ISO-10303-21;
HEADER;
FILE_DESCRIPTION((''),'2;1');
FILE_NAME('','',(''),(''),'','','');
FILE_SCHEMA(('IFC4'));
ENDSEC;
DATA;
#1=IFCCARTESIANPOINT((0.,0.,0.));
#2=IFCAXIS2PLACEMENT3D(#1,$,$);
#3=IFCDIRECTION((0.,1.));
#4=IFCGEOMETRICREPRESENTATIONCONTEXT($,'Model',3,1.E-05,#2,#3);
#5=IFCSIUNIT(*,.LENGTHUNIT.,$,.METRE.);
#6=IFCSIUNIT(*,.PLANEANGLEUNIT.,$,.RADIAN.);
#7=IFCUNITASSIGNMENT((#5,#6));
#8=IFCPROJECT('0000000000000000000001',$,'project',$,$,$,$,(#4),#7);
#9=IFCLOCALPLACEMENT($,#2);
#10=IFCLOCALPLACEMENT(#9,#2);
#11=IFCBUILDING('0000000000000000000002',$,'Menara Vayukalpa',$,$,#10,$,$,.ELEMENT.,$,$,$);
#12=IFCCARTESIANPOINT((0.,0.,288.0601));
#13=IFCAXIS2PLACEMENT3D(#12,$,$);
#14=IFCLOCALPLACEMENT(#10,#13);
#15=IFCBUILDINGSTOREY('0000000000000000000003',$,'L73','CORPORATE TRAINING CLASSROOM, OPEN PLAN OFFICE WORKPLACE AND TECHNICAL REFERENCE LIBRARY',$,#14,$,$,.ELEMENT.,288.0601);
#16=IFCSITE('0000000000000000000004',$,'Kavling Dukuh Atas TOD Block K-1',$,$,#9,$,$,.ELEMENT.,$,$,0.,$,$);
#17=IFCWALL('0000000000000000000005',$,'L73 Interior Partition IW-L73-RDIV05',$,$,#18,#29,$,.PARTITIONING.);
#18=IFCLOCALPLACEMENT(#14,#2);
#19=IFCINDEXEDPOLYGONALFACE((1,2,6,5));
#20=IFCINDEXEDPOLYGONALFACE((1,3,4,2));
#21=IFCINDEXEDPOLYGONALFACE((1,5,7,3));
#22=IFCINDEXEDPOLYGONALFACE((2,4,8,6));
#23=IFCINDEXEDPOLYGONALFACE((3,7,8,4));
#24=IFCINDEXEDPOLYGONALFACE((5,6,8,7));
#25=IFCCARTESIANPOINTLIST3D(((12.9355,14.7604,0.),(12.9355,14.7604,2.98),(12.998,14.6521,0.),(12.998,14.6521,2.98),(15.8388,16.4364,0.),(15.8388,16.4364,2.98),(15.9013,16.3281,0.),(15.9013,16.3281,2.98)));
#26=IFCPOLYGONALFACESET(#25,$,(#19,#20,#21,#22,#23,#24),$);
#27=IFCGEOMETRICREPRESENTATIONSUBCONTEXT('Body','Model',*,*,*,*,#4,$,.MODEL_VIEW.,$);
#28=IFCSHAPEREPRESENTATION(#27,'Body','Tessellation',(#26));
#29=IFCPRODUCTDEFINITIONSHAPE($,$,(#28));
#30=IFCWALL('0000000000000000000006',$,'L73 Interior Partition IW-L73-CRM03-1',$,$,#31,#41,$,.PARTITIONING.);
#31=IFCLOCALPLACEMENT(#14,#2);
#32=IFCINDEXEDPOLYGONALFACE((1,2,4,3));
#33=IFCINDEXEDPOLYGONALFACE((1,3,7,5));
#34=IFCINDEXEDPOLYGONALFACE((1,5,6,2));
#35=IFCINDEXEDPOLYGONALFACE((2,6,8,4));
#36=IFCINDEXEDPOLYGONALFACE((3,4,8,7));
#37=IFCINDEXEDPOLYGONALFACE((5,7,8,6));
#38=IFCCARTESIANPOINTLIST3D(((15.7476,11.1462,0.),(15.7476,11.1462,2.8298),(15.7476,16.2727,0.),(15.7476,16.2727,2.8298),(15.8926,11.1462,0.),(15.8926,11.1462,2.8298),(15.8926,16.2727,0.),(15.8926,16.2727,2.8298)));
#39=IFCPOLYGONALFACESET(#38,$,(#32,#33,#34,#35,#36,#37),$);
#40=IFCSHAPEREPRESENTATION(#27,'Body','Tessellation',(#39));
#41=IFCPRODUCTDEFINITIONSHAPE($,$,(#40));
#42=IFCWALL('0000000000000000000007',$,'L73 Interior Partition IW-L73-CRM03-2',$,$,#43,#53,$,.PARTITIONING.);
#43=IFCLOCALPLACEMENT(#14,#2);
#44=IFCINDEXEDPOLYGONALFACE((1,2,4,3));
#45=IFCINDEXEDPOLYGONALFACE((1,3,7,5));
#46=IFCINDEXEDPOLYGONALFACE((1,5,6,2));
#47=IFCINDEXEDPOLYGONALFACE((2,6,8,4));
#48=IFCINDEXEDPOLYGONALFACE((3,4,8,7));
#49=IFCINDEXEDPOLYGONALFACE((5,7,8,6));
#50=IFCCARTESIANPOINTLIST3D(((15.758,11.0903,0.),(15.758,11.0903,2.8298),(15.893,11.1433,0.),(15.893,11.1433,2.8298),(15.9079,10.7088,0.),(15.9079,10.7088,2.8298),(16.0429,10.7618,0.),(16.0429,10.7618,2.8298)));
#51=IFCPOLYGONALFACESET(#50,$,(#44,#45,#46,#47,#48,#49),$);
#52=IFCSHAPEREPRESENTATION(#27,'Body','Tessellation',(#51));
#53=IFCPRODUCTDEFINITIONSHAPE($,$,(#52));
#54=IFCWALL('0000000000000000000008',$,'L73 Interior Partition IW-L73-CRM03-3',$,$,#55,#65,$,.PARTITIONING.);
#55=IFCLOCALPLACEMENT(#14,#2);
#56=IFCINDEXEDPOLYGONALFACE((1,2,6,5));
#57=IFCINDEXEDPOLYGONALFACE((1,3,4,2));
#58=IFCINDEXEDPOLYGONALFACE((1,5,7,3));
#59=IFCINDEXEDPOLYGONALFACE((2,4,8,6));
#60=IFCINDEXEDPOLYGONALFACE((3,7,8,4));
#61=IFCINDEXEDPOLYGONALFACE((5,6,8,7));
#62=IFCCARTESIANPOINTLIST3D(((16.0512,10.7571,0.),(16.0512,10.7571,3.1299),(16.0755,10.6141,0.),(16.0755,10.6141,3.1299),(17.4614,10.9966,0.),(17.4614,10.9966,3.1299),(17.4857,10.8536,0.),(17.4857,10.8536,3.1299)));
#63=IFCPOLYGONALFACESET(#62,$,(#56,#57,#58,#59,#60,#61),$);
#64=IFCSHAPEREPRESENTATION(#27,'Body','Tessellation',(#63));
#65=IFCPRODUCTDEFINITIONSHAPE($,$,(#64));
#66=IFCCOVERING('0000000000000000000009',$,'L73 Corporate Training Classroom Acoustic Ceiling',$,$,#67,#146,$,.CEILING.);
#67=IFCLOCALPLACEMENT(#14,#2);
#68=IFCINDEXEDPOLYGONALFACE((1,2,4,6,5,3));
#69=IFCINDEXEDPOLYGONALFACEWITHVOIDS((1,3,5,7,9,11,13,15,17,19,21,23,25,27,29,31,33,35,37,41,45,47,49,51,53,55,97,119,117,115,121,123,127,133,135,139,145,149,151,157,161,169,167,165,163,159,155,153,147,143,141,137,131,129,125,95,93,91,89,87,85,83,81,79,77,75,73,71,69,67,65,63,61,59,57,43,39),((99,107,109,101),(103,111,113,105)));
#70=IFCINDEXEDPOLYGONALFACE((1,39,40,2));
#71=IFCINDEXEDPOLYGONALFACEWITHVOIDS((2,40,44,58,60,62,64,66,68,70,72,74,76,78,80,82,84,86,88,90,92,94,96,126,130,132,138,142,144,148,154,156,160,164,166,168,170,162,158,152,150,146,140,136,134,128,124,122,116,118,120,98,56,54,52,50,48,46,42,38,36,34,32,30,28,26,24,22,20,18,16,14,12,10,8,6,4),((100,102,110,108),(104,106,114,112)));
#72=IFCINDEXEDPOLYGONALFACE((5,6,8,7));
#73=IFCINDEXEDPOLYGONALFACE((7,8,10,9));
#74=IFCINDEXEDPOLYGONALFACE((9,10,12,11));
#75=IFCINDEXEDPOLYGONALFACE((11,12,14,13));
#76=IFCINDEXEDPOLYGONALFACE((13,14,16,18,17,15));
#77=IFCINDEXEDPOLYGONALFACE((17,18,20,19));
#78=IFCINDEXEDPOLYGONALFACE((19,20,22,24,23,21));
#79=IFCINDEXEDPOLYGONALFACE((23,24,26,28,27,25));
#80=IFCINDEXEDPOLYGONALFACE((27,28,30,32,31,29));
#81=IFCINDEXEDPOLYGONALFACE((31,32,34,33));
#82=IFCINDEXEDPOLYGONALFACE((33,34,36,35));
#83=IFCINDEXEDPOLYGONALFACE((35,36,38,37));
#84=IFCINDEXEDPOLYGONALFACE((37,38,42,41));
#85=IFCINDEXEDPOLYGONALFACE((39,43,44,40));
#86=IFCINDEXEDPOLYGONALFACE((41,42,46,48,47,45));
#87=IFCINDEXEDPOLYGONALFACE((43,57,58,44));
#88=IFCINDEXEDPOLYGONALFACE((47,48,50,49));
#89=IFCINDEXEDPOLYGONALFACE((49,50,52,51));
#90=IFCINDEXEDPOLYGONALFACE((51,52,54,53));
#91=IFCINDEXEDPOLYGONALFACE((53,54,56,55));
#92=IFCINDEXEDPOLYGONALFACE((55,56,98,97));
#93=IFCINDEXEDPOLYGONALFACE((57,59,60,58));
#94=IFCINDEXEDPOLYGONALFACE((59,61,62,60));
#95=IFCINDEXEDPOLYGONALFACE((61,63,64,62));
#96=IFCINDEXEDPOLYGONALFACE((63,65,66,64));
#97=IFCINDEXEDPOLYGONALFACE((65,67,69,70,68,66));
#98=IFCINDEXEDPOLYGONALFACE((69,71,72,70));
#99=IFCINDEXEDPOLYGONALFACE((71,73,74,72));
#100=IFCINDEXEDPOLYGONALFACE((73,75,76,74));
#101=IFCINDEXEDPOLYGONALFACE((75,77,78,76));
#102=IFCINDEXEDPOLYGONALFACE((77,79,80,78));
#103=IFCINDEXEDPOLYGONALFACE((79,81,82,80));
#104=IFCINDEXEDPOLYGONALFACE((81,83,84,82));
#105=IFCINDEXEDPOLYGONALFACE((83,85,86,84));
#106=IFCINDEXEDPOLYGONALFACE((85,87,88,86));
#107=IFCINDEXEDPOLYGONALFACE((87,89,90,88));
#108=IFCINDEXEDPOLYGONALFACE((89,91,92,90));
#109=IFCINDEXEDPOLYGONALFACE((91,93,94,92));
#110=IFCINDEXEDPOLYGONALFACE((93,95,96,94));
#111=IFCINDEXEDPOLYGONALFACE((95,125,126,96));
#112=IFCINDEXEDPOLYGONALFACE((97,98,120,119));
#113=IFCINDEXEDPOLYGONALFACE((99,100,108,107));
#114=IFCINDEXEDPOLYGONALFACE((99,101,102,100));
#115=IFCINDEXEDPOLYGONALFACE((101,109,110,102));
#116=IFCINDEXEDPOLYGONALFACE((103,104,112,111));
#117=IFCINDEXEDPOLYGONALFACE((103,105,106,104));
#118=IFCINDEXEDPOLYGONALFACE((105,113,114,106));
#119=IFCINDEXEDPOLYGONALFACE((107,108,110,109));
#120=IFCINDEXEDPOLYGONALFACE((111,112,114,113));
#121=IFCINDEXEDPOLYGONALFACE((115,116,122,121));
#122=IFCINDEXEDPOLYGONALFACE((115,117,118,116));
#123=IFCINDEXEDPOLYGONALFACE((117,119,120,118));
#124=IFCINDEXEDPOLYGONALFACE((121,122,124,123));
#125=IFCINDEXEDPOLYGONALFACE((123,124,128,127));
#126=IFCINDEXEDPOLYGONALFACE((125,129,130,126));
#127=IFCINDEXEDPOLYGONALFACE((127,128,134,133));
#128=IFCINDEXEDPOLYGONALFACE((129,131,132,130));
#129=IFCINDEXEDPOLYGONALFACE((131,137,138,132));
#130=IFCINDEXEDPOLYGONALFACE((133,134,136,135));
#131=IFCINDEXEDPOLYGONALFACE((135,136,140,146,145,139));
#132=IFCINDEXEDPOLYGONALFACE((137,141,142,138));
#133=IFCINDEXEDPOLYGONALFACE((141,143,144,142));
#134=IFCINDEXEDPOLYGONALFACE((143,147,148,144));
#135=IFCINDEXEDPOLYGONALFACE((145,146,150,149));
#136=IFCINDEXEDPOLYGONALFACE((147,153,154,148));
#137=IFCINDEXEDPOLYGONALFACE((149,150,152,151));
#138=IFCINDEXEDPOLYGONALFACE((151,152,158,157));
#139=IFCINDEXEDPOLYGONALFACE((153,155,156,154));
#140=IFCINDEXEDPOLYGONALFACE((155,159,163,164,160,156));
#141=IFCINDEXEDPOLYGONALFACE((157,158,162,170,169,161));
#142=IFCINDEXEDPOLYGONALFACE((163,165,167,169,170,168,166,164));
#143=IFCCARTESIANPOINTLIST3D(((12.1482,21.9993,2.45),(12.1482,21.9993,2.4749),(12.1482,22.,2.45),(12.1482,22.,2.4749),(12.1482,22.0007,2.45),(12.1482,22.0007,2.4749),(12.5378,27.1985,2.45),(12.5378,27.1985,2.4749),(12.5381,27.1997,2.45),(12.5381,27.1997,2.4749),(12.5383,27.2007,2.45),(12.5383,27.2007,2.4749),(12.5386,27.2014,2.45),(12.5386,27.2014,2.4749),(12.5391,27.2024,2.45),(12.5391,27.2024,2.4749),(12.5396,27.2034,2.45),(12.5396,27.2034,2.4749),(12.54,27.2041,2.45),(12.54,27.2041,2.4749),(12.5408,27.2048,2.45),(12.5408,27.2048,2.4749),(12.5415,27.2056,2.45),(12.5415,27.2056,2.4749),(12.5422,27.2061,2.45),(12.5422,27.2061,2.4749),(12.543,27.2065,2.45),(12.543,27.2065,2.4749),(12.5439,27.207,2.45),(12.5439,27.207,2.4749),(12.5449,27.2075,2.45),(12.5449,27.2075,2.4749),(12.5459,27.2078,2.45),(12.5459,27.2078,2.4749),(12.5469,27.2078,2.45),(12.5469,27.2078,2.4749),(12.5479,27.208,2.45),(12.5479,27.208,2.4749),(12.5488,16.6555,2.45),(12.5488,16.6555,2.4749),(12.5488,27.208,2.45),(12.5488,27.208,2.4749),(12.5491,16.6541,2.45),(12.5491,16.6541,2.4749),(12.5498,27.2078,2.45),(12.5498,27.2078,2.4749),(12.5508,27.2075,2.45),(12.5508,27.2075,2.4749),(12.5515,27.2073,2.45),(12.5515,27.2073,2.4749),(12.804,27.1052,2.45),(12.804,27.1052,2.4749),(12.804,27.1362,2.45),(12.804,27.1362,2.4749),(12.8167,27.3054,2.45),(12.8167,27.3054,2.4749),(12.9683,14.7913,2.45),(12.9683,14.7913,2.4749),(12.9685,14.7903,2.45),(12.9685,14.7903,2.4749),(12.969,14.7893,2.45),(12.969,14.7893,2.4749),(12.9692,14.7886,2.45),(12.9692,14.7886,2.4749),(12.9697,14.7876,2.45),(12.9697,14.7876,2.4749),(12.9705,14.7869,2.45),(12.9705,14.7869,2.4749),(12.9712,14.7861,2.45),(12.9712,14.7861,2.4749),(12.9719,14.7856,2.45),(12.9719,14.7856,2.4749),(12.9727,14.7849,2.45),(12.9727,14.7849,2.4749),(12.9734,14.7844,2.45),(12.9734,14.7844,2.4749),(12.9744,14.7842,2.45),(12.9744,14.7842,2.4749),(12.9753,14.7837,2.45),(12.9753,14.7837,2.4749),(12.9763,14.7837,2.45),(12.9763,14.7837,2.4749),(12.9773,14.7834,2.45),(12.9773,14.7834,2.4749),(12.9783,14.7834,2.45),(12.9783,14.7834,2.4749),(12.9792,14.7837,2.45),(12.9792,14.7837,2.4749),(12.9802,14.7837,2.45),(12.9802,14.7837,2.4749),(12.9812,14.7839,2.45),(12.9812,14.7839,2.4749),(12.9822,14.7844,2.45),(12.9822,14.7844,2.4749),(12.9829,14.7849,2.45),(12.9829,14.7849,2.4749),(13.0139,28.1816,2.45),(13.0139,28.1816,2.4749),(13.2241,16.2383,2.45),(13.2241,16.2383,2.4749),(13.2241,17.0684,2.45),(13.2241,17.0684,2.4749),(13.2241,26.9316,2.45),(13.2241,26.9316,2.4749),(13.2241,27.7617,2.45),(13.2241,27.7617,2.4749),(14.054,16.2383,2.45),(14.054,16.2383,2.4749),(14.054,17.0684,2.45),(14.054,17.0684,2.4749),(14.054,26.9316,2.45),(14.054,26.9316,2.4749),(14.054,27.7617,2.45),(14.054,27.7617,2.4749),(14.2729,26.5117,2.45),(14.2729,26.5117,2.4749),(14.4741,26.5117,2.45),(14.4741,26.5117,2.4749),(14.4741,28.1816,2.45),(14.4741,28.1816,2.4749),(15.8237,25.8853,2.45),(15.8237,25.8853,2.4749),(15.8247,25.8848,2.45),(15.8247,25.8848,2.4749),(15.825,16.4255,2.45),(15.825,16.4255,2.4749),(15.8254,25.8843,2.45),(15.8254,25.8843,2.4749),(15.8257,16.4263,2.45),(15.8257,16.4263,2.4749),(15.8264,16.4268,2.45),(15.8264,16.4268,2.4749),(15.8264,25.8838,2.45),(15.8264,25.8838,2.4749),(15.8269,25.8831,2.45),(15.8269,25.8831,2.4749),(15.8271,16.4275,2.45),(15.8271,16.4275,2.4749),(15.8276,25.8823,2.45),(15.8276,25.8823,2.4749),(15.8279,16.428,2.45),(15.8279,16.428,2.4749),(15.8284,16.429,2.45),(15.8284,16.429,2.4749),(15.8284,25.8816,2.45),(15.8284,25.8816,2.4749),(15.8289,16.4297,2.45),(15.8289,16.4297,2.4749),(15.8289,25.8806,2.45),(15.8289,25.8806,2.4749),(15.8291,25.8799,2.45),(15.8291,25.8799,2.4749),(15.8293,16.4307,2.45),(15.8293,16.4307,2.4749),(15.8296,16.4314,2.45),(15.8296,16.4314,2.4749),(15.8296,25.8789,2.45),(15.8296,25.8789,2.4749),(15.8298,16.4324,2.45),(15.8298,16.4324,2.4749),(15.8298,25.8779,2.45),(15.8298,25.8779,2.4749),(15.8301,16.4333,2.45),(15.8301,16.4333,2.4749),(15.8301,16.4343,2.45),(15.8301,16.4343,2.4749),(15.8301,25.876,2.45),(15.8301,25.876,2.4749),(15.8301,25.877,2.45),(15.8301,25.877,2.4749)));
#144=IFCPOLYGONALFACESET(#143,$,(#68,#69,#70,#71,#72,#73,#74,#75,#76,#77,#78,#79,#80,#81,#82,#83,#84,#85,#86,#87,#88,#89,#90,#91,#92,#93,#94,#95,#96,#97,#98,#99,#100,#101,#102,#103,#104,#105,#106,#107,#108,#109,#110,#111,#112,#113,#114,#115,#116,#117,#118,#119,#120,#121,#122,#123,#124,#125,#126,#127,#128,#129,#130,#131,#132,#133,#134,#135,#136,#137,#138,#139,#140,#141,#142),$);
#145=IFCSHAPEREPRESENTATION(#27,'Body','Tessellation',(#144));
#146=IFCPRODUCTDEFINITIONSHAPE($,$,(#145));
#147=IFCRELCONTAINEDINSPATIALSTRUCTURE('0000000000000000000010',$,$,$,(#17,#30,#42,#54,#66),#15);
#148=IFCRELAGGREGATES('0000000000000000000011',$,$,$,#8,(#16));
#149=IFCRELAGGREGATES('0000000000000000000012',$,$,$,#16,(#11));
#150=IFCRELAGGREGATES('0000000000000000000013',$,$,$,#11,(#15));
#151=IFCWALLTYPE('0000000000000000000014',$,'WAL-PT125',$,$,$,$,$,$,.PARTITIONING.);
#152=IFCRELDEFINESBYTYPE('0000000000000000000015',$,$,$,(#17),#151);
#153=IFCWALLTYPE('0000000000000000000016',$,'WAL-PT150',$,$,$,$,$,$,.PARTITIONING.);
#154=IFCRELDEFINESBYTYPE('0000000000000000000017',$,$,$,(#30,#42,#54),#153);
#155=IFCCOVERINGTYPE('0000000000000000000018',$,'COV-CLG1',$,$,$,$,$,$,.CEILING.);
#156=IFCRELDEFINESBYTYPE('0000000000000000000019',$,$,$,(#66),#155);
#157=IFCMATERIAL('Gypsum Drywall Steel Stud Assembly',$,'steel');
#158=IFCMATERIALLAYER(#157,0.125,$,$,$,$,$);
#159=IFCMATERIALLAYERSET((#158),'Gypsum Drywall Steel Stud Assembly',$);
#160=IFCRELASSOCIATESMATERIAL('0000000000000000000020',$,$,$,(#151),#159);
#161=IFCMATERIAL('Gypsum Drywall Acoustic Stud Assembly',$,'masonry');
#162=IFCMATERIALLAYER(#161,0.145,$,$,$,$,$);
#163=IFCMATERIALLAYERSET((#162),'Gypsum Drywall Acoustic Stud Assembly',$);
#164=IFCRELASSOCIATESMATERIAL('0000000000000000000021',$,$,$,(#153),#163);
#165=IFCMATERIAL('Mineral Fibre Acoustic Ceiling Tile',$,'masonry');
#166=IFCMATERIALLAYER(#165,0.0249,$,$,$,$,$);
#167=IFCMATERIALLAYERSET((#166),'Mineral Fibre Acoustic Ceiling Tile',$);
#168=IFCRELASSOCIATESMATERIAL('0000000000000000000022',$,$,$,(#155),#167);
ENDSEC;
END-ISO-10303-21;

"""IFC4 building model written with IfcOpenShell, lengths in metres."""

from ifc_helpers import new_model, si_unit, direction, frame, frame_2d, origin, place, context, subcontext, project, spatial, polyline, rectangle, outline, extrude, material, layer, layer_set, type_object, element, save


model = new_model("IFC4")

# Units and contexts
model_context = context("Model", 3, precision=1e-05, world=origin(), true_north=direction((0.0, 1.0)))
body_context = subcontext(model_context, "Body", "Model", "MODEL_VIEW")
ifc_project = project(units=[si_unit("LENGTHUNIT", "METRE"), si_unit("PLANEANGLEUNIT", "RADIAN")], contexts=[model_context])

# Site, building, storey
site_placement = place(None, origin())
site = spatial("IfcSite", under=ifc_project, at=site_placement, Name="Kavling Dukuh Atas TOD Block K-1", CompositionType="ELEMENT", RefElevation=0.0)
building_placement = place(site_placement, origin())
building = spatial("IfcBuilding", under=site, at=building_placement, Name="Menara Vayukalpa", CompositionType="ELEMENT")
storey_placement = place(building_placement, frame((0.0, 0.0, 288.0601)))
storey = spatial("IfcBuildingStorey", under=building, at=storey_placement, Name="L73", Description="CORPORATE TRAINING CLASSROOM, OPEN PLAN OFFICE WORKPLACE AND TECHNICAL REFERENCE LIBRARY", CompositionType="ELEMENT", Elevation=288.0601)

# Walls
ifc_material_1 = material(Name="Gypsum Drywall Steel Stud Assembly", Category="steel")
ifc_layer_1 = layer(ifc_material_1, 0.125)
ifc_layer_set_1 = layer_set([ifc_layer_1], Name="Gypsum Drywall Steel Stud Assembly")
wall_type_1 = type_object("IfcWallType", Name="WAL-PT125", PredefinedType="PARTITIONING", material=ifc_layer_set_1)
wall_1_placement = place(storey_placement, frame((15.8701, 16.3823, 0.0), z_axis=(0.0, 0.0, 1.0), x_axis=(-0.866052, -0.499954, 0.0)))
element("IfcWall", 1, at=wall_1_placement, inside=storey, type_object=wall_type_1, Name="L73 Interior Partition IW-L73-RDIV05", PredefinedType="PARTITIONING", context=body_context, shape_type="SweptSolid", body=[
    extrude(rectangle(XDim=3.3523, YDim=0.125, at=frame_2d((1.6763, 0.0))), origin(), (0.0, 0.0, 1.0), 2.98),
])
ifc_material_2 = material(Name="Gypsum Drywall Acoustic Stud Assembly", Category="masonry")
ifc_layer_2 = layer(ifc_material_2, 0.145)
ifc_layer_set_2 = layer_set([ifc_layer_2], Name="Gypsum Drywall Acoustic Stud Assembly")
wall_type_2 = type_object("IfcWallType", Name="WAL-PT150", PredefinedType="PARTITIONING", material=ifc_layer_set_2)
wall_2_placement = place(storey_placement, frame((15.8201, 16.2727, 0.0), z_axis=(0.0, 0.0, 1.0), x_axis=(0.0, -1.0, 0.0)))
element("IfcWall", 2, at=wall_2_placement, inside=storey, type_object=wall_type_2, Name="L73 Interior Partition IW-L73-CRM03-1", PredefinedType="PARTITIONING", context=body_context, shape_type="SweptSolid", body=[
    extrude(rectangle(XDim=5.1265, YDim=0.145, at=frame_2d((2.5632, 0.0))), origin(), (0.0, 0.0, 1.0), 2.8298),
])
wall_3_placement = place(storey_placement, frame((15.8254, 11.1169, 0.0), z_axis=(0.0, 0.0, 1.0), x_axis=(0.365634, -0.930759, 0.0)))
element("IfcWall", 3, at=wall_3_placement, inside=storey, type_object=wall_type_2, Name="L73 Interior Partition IW-L73-CRM03-2", PredefinedType="PARTITIONING", context=body_context, shape_type="SweptSolid", body=[
    extrude(rectangle(XDim=0.4099, YDim=0.145, at=frame_2d((0.2051, 0.0))), origin(), (0.0, 0.0, 1.0), 2.8298),
])
wall_4_placement = place(storey_placement, frame((16.0632, 10.6855, 0.0), z_axis=(0.0, 0.0, 1.0), x_axis=(0.985882, 0.167443, 0.0)))
element("IfcWall", 4, at=wall_4_placement, inside=storey, type_object=wall_type_2, Name="L73 Interior Partition IW-L73-CRM03-3", PredefinedType="PARTITIONING", context=body_context, shape_type="SweptSolid", body=[
    extrude(rectangle(XDim=1.4304, YDim=0.145, at=frame_2d((0.7153, 0.0))), origin(), (0.0, 0.0, 1.0), 3.1299),
])

# Covering
ifc_material_3 = material(Name="Mineral Fibre Acoustic Ceiling Tile", Category="masonry")
ifc_layer_3 = layer(ifc_material_3, 0.0249)
ifc_layer_set_3 = layer_set([ifc_layer_3], Name="Mineral Fibre Acoustic Ceiling Tile")
covering_type_1 = type_object("IfcCoveringType", Name="COV-CLG1", PredefinedType="CEILING", material=ifc_layer_set_3)
covering_1_placement = place(storey_placement, frame((0.0, 0.0, 2.45)))
element("IfcCovering", 5, at=covering_1_placement, inside=storey, type_object=covering_type_1, Name="L73 Corporate Training Classroom Acoustic Ceiling", PredefinedType="CEILING", context=body_context, shape_type="SweptSolid", body=[
    extrude(outline(polyline([(12.1482, 22.0), (12.1482, 22.0007), (12.5378, 27.1985), (12.5381, 27.1997), (12.5383, 27.2007), (12.5386, 27.2014), (12.5391, 27.2024), (12.5396, 27.2034), (12.54, 27.2041), (12.5408, 27.2048), (12.5415, 27.2056), (12.5422, 27.2061), (12.543, 27.2065), (12.5439, 27.207), (12.5449, 27.2075), (12.5459, 27.2078), (12.5469, 27.2078), (12.5479, 27.208), (12.5488, 27.208), (12.5498, 27.2078), (12.5508, 27.2075), (12.5515, 27.2073), (12.804, 27.1052), (12.804, 27.1362), (12.8167, 27.3054), (13.0139, 28.1816), (14.4741, 28.1816), (14.4741, 26.5117), (14.2729, 26.5117), (15.8237, 25.8853), (15.8247, 25.8848), (15.8254, 25.8843), (15.8264, 25.8838), (15.8269, 25.8831), (15.8276, 25.8823), (15.8284, 25.8816), (15.8289, 25.8806), (15.8291, 25.8799), (15.8296, 25.8789), (15.8298, 25.8779), (15.8301, 25.877), (15.8301, 25.876), (15.8301, 16.4343), (15.8301, 16.4333), (15.8298, 16.4324), (15.8296, 16.4314), (15.8293, 16.4307), (15.8289, 16.4297), (15.8284, 16.429), (15.8279, 16.428), (15.8271, 16.4275), (15.8264, 16.4268), (15.8257, 16.4263), (15.825, 16.4255), (12.9829, 14.7849), (12.9822, 14.7844), (12.9812, 14.7839), (12.9802, 14.7837), (12.9792, 14.7837), (12.9783, 14.7834), (12.9773, 14.7834), (12.9763, 14.7837), (12.9753, 14.7837), (12.9744, 14.7842), (12.9734, 14.7844), (12.9727, 14.7849), (12.9719, 14.7856), (12.9712, 14.7861), (12.9705, 14.7869), (12.9697, 14.7876), (12.9692, 14.7886), (12.969, 14.7893), (12.9685, 14.7903), (12.9683, 14.7913), (12.5491, 16.6541), (12.5488, 16.6555), (12.1482, 21.9993), (12.1482, 22.0)]), holes=[polyline([(14.054, 17.0684), (13.2241, 17.0684), (13.2241, 16.2383), (14.054, 16.2383), (14.054, 17.0684)]), polyline([(14.054, 27.7617), (13.2241, 27.7617), (13.2241, 26.9316), (14.054, 26.9316), (14.054, 27.7617)])]), origin(), (0.0, 0.0, 1.0), 0.0249),
])

save(model, "model.ifc")
